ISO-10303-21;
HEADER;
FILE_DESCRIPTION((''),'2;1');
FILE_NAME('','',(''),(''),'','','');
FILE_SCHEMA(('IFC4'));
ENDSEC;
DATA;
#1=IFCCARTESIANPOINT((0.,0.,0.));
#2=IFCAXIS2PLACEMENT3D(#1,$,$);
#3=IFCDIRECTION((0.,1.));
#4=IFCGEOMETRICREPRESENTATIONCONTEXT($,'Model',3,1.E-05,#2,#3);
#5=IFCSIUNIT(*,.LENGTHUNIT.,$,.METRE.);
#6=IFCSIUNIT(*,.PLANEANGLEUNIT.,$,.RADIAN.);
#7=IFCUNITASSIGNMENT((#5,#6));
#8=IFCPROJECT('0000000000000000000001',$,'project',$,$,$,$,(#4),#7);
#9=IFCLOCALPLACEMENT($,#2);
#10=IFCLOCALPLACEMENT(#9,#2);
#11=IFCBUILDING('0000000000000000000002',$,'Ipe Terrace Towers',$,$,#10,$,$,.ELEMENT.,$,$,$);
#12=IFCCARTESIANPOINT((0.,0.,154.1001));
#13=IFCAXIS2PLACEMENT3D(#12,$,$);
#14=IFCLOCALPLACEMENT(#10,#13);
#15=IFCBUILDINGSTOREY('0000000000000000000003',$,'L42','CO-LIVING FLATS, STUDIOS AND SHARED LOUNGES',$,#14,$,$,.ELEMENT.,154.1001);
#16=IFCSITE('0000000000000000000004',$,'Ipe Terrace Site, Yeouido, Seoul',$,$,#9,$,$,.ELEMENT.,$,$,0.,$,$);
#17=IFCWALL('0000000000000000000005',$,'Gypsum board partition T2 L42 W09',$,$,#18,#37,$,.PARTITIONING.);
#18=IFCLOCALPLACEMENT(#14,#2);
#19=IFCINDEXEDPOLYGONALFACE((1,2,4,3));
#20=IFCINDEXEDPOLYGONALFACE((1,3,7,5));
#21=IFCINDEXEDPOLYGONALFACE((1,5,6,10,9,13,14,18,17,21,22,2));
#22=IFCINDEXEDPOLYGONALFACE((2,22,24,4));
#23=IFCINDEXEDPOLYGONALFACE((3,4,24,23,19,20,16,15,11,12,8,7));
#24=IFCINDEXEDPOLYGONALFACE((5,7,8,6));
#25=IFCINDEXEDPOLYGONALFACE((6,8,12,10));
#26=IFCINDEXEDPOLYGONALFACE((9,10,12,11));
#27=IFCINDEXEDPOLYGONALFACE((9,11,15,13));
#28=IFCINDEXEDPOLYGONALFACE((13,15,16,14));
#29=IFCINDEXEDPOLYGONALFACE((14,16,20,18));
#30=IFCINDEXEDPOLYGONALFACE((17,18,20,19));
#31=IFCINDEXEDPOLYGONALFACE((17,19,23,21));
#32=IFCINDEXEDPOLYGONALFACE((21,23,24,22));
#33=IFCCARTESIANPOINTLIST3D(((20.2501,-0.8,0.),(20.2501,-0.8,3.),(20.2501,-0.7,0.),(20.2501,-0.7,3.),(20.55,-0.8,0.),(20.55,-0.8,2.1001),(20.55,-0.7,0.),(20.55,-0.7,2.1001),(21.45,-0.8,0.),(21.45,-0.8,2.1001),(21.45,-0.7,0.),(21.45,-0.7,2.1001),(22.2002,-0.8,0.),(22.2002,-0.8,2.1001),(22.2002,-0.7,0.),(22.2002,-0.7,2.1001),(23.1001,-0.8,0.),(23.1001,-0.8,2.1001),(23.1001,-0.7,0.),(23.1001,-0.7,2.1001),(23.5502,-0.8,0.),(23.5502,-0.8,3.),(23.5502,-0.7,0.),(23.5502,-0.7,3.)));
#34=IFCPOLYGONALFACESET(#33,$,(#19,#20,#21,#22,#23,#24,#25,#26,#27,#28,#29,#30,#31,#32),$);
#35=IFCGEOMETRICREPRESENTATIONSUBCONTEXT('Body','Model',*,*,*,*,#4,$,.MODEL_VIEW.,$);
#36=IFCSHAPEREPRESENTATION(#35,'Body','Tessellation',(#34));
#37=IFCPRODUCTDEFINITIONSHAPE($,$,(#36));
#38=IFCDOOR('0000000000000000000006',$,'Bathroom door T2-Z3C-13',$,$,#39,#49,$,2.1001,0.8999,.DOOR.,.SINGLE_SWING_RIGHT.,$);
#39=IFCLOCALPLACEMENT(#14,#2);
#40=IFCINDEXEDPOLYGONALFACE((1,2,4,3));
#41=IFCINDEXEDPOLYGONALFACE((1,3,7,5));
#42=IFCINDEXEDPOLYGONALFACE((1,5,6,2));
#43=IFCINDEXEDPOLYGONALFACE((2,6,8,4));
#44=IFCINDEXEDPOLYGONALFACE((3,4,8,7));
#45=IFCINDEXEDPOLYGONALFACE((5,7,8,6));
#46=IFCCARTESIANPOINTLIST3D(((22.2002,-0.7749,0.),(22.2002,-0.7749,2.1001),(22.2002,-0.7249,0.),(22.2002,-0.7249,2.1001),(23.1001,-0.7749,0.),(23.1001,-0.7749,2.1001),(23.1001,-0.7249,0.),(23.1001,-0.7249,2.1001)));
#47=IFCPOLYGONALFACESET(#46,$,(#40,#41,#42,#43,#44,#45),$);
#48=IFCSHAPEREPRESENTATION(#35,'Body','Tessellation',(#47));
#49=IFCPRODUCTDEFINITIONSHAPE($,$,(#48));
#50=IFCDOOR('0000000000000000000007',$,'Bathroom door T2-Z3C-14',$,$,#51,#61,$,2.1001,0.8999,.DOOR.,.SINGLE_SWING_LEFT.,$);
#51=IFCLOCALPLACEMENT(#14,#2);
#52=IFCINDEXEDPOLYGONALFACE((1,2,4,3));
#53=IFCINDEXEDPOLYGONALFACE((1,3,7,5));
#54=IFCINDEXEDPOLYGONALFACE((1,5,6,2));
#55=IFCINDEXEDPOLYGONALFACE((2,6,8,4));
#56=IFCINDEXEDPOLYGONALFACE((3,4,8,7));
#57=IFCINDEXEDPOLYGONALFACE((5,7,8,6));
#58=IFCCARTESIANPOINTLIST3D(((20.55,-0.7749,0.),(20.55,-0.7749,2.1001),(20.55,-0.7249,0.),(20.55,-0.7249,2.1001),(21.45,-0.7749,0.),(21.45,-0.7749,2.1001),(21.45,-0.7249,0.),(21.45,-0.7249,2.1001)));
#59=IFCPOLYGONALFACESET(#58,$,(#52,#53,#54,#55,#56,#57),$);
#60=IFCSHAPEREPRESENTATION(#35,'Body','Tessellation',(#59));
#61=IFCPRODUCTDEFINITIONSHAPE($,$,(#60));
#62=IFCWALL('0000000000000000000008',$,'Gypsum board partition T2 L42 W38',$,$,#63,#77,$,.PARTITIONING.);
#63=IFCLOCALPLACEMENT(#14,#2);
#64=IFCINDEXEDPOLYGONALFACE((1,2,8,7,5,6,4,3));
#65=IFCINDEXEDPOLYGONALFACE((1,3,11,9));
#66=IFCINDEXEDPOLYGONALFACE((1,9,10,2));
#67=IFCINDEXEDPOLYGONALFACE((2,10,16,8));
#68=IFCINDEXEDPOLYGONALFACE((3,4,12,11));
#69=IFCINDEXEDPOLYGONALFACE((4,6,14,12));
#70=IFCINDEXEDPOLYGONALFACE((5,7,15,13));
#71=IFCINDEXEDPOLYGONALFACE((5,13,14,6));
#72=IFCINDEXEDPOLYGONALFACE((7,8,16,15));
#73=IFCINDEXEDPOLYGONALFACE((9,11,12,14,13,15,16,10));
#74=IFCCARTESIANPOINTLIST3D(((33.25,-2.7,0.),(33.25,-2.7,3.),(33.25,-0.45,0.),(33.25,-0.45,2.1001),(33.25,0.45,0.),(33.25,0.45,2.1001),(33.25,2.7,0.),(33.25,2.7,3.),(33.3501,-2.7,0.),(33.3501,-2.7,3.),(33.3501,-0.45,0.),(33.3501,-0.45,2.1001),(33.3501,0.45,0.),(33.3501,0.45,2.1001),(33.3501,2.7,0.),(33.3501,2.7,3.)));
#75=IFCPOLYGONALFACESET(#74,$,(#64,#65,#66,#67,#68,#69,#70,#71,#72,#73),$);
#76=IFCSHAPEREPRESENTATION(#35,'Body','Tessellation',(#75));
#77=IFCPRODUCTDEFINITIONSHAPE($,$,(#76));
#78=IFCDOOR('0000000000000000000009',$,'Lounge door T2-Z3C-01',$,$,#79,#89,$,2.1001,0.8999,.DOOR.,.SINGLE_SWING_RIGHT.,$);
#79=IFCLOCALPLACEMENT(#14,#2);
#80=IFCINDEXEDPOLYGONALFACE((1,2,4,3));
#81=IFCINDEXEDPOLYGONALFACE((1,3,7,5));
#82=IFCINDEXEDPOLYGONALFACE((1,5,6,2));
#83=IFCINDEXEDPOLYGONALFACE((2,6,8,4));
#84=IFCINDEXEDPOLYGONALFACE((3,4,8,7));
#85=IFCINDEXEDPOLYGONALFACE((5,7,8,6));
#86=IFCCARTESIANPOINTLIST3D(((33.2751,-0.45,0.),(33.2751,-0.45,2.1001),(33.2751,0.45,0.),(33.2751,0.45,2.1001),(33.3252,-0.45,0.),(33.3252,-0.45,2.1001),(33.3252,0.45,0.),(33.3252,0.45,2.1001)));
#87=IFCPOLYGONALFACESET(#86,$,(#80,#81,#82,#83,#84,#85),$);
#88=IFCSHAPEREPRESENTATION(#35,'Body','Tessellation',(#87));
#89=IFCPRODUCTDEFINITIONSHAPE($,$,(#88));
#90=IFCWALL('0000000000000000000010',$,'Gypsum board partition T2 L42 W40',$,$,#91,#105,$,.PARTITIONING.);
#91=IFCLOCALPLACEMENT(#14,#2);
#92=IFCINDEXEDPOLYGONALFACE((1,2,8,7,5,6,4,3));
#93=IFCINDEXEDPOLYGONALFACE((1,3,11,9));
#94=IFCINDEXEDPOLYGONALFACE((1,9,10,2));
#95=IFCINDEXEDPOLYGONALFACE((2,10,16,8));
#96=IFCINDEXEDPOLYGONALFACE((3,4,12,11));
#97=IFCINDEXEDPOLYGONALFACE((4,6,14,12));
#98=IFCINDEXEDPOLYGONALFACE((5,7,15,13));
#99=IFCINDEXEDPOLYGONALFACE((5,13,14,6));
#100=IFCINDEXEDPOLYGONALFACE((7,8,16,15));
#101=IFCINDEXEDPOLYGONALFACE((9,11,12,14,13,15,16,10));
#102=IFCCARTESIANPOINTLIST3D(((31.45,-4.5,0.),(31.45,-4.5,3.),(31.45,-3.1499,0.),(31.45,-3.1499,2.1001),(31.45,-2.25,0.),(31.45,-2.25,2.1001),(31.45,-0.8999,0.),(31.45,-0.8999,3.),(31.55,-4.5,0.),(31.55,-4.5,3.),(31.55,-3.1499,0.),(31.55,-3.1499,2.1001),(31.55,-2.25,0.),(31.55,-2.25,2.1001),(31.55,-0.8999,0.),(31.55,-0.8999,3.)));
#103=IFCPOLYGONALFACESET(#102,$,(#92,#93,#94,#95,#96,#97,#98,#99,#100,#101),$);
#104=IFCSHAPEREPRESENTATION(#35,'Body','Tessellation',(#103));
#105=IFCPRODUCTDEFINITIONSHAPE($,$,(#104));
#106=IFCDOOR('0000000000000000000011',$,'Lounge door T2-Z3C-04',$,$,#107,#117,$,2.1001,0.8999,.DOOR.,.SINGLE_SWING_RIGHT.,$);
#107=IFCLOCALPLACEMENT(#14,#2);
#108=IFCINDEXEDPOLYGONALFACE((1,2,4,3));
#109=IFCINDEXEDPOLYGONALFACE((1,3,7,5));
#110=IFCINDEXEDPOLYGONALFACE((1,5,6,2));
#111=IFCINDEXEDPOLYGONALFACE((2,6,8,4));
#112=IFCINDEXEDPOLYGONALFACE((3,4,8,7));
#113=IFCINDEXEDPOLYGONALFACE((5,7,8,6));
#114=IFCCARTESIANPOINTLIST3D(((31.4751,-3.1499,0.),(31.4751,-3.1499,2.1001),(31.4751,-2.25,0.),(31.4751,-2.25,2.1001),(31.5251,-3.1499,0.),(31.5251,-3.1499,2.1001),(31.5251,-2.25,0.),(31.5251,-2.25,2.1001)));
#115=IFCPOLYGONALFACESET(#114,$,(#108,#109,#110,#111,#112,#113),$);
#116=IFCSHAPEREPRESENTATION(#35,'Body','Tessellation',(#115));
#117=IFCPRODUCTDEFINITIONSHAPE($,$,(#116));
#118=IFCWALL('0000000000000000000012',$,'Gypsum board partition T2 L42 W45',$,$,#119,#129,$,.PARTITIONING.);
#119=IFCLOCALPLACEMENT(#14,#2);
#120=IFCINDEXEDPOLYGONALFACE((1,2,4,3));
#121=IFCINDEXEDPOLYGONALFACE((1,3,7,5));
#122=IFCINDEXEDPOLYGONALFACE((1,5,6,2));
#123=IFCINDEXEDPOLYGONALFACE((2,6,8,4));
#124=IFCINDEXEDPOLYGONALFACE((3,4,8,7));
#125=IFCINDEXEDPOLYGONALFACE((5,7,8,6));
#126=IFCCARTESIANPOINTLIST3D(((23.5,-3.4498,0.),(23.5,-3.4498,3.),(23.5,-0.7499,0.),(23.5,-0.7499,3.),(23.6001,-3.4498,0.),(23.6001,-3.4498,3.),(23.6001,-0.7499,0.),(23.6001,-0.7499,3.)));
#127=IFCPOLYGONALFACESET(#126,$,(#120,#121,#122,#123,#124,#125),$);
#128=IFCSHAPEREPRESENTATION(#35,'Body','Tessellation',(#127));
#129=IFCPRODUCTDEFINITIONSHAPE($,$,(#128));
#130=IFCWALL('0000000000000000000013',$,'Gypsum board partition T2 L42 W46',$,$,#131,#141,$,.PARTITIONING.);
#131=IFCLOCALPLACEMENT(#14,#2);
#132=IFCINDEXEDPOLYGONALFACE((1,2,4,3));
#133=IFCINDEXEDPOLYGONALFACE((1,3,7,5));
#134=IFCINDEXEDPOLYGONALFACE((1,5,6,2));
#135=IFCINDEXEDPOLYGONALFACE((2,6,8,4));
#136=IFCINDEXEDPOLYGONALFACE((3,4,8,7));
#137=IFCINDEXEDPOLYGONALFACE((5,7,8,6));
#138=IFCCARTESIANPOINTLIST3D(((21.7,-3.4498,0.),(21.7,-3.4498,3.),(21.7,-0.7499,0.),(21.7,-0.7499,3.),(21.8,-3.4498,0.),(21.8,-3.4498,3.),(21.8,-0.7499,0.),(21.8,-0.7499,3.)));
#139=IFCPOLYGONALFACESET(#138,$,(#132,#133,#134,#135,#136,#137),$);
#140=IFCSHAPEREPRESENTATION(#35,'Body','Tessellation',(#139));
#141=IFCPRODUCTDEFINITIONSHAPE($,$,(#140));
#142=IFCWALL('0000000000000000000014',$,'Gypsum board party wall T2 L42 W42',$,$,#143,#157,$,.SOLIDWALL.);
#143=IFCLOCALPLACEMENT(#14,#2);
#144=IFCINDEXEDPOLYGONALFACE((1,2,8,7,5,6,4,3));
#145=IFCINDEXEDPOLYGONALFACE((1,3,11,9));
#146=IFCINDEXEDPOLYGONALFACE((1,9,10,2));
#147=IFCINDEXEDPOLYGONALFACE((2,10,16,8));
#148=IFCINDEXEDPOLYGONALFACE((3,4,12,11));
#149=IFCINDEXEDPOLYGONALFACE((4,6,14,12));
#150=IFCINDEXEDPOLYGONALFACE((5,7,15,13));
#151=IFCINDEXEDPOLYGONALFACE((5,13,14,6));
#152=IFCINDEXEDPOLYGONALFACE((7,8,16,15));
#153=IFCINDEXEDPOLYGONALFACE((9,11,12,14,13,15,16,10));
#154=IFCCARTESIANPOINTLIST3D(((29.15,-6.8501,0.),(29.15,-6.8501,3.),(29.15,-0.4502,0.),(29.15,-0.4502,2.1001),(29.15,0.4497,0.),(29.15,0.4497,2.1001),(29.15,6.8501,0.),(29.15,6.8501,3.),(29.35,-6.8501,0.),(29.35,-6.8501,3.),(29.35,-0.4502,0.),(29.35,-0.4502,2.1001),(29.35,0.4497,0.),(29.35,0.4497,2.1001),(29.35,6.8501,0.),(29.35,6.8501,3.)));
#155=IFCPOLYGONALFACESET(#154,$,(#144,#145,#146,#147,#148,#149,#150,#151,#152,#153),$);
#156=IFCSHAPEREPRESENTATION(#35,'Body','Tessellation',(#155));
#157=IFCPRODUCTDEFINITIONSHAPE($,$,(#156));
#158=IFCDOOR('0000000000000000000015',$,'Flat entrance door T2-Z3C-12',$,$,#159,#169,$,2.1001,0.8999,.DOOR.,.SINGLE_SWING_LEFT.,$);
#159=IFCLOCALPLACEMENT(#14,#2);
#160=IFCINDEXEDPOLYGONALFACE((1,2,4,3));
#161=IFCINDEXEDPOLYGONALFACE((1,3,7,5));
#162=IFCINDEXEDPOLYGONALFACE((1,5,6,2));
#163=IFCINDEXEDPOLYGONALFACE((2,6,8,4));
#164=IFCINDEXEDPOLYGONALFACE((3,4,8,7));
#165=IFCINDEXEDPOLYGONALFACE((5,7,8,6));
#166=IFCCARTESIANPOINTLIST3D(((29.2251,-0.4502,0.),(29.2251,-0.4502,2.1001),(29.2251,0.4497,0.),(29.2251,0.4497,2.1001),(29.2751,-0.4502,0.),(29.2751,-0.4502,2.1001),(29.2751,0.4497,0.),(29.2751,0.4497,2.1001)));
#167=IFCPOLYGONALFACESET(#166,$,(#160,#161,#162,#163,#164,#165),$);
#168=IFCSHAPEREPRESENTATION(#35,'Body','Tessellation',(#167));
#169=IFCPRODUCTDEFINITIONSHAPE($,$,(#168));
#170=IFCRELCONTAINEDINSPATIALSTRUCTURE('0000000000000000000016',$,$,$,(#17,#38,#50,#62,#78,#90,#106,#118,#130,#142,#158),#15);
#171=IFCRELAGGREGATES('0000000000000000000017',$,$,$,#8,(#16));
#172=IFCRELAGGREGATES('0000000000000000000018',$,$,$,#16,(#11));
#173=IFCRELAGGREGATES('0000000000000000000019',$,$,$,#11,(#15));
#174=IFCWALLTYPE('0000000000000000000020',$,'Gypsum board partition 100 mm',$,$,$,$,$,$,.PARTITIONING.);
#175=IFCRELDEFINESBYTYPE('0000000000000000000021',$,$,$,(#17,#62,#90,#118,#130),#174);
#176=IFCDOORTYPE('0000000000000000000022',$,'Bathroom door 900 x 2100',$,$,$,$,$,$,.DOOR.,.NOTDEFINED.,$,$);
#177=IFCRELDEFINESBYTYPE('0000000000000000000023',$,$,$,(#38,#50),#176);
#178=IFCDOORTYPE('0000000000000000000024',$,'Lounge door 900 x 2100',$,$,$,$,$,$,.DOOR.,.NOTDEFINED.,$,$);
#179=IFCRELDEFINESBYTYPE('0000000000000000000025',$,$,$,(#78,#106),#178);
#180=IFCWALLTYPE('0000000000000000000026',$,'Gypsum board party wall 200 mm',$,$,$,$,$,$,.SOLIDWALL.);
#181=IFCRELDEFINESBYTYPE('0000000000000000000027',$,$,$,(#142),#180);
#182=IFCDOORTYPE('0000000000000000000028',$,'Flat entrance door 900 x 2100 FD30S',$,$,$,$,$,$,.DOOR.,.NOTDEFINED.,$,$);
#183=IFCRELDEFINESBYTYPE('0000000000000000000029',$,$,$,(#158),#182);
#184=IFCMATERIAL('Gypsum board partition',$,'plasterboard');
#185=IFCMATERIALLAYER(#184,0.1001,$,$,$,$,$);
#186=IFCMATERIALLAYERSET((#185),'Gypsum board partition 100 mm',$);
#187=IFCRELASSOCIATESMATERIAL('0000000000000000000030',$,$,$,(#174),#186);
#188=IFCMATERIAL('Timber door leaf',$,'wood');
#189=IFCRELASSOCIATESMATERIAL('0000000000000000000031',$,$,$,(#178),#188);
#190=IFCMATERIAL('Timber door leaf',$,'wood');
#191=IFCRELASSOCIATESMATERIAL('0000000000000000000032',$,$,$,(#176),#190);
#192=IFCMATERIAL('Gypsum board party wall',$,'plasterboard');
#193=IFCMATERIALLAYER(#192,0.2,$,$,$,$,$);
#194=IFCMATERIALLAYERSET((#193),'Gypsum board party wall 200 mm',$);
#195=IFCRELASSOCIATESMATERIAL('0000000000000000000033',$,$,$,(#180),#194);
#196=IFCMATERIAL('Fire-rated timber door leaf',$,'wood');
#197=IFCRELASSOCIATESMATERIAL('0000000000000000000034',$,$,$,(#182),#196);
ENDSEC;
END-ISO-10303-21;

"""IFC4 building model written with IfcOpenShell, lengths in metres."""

from ifc_helpers import new_model, si_unit, direction, frame, frame_2d, origin, place, context, subcontext, project, spatial, rectangle, extrude, material, layer, layer_set, type_object, element, fill, save


model = new_model("IFC4")

# Units and contexts
model_context = context("Model", 3, precision=1e-05, world=origin(), true_north=direction((0.0, 1.0)))
body_context = subcontext(model_context, "Body", "Model", "MODEL_VIEW")
ifc_project = project(units=[si_unit("LENGTHUNIT", "METRE"), si_unit("PLANEANGLEUNIT", "RADIAN")], contexts=[model_context])

# Site, building, storey
site_placement = place(None, origin())
site = spatial("IfcSite", under=ifc_project, at=site_placement, Name="Ipe Terrace Site, Yeouido, Seoul", CompositionType="ELEMENT", RefElevation=0.0)
building_placement = place(site_placement, origin())
building = spatial("IfcBuilding", under=site, at=building_placement, Name="Ipe Terrace Towers", CompositionType="ELEMENT")
storey_placement = place(building_placement, frame((0.0, 0.0, 154.1001)))
storey = spatial("IfcBuildingStorey", under=building, at=storey_placement, Name="L42", Description="CO-LIVING FLATS, STUDIOS AND SHARED LOUNGES", CompositionType="ELEMENT", Elevation=154.1001)

# Shared definitions
ifc_material_1 = material(Name="Gypsum board partition", Category="plasterboard")
ifc_layer_1 = layer(ifc_material_1, 0.1001)
ifc_layer_set_1 = layer_set([ifc_layer_1], Name="Gypsum board partition 100 mm")
wall_type_1 = type_object("IfcWallType", Name="Gypsum board partition 100 mm", PredefinedType="PARTITIONING", material=ifc_layer_set_1)

# Shared definitions
ifc_material_2 = material(Name="Timber door leaf", Category="wood")
door_type_1 = type_object("IfcDoorType", Name="Lounge door 900 x 2100", OperationType="NOTDEFINED", PredefinedType="DOOR", material=ifc_material_2)

# Wall, openings, doors
wall_1_placement = place(storey_placement, frame((23.55, -0.75, 0.0), z_axis=(0.0, 0.0, 1.0), x_axis=(-1.0, 0.0, 0.0)))
wall_1 = element("IfcWall", 1, at=wall_1_placement, inside=storey, type_object=wall_type_1, Name="Gypsum board partition T2 L42 W09", PredefinedType="PARTITIONING", context=body_context, shape_type="SweptSolid", body=[
    extrude(rectangle(XDim=3.3, YDim=0.1001, at=frame_2d((1.6499, 0.0))), origin(), (0.0, 0.0, 1.0), 3.0),
])
opening_1_placement = place(wall_1_placement, frame((0.45, 0.0, 0.0)))
opening_1 = element("IfcOpeningElement", 2, at=opening_1_placement, cuts=wall_1, PredefinedType="OPENING", context=body_context, shape_type="SweptSolid", body=[
    extrude(rectangle(XDim=0.8999, YDim=2.1001, at=frame_2d((0.45, 1.05))), frame((0.0, 0.0601, 0.0), z_axis=(0.0, -1.0, 0.0), x_axis=(1.0, 0.0, 0.0)), (0.0, 0.0, 1.0), 0.1201),
])
opening_2_placement = place(wall_1_placement, frame((2.1001, 0.0, 0.0)))
opening_2 = element("IfcOpeningElement", 3, at=opening_2_placement, cuts=wall_1, PredefinedType="OPENING", context=body_context, shape_type="SweptSolid", body=[
    extrude(rectangle(XDim=0.8999, YDim=2.1001, at=frame_2d((0.45, 1.05))), frame((0.0, 0.0601, 0.0), z_axis=(0.0, -1.0, 0.0), x_axis=(1.0, 0.0, 0.0)), (0.0, 0.0, 1.0), 0.1201),
])
ifc_material_3 = material(Name="Timber door leaf", Category="wood")
door_type_2 = type_object("IfcDoorType", Name="Bathroom door 900 x 2100", OperationType="NOTDEFINED", PredefinedType="DOOR", material=ifc_material_3)
door_1_placement = place(opening_1_placement, origin())
door_1 = element("IfcDoor", 4, at=door_1_placement, inside=storey, type_object=door_type_2, Name="Bathroom door T2-Z3C-13", OperationType="SINGLE_SWING_RIGHT", OverallHeight=2.1001, OverallWidth=0.8999, PredefinedType="DOOR", context=body_context, shape_type="SweptSolid", body=[
    extrude(rectangle(XDim=0.8999, YDim=2.1001, at=frame_2d((0.45, 1.05))), frame((0.0, 0.0249, 0.0), z_axis=(0.0, -1.0, 0.0), x_axis=(1.0, 0.0, 0.0)), (0.0, 0.0, 1.0), 0.05),
])
fill(opening_1, door_1)
door_2_placement = place(opening_2_placement, origin())
door_2 = element("IfcDoor", 5, at=door_2_placement, inside=storey, type_object=door_type_2, Name="Bathroom door T2-Z3C-14", OperationType="SINGLE_SWING_LEFT", OverallHeight=2.1001, OverallWidth=0.8999, PredefinedType="DOOR", context=body_context, shape_type="SweptSolid", body=[
    extrude(rectangle(XDim=0.8999, YDim=2.1001, at=frame_2d((0.45, 1.05))), frame((0.0, 0.0249, 0.0), z_axis=(0.0, -1.0, 0.0), x_axis=(1.0, 0.0, 0.0)), (0.0, 0.0, 1.0), 0.05),
])
fill(opening_2, door_2)

# Walls, openings, doors
wall_2_placement = place(storey_placement, frame((33.3, -2.7, 0.0), z_axis=(0.0, 0.0, 1.0), x_axis=(0.0, 1.0, 0.0)))
wall_2 = element("IfcWall", 6, at=wall_2_placement, inside=storey, type_object=wall_type_1, Name="Gypsum board partition T2 L42 W38", PredefinedType="PARTITIONING", context=body_context, shape_type="SweptSolid", body=[
    extrude(rectangle(XDim=5.3999, YDim=0.1001, at=frame_2d((2.7, 0.0))), origin(), (0.0, 0.0, 1.0), 3.0),
])
opening_3_placement = place(wall_2_placement, frame((2.25, 0.0, 0.0)))
opening_3 = element("IfcOpeningElement", 7, at=opening_3_placement, cuts=wall_2, PredefinedType="OPENING", context=body_context, shape_type="SweptSolid", body=[
    extrude(rectangle(XDim=0.8999, YDim=2.1001, at=frame_2d((0.45, 1.05))), frame((0.0, 0.0601, 0.0), z_axis=(0.0, -1.0, 0.0), x_axis=(1.0, 0.0, 0.0)), (0.0, 0.0, 1.0), 0.1201),
])
door_3_placement = place(opening_3_placement, origin())
door_3 = element("IfcDoor", 8, at=door_3_placement, inside=storey, type_object=door_type_1, Name="Lounge door T2-Z3C-01", OperationType="SINGLE_SWING_RIGHT", OverallHeight=2.1001, OverallWidth=0.8999, PredefinedType="DOOR", context=body_context, shape_type="SweptSolid", body=[
    extrude(rectangle(XDim=0.8999, YDim=2.1001, at=frame_2d((0.45, 1.05))), frame((0.0, 0.0249, 0.0), z_axis=(0.0, -1.0, 0.0), x_axis=(1.0, 0.0, 0.0)), (0.0, 0.0, 1.0), 0.05),
])
fill(opening_3, door_3)
wall_3_placement = place(storey_placement, frame((31.5, -4.5, 0.0), z_axis=(0.0, 0.0, 1.0), x_axis=(0.0, 1.0, 0.0)))
wall_3 = element("IfcWall", 9, at=wall_3_placement, inside=storey, type_object=wall_type_1, Name="Gypsum board partition T2 L42 W40", PredefinedType="PARTITIONING", context=body_context, shape_type="SweptSolid", body=[
    extrude(rectangle(XDim=3.6001, YDim=0.1001, at=frame_2d((1.8, 0.0))), origin(), (0.0, 0.0, 1.0), 3.0),
])
opening_4_placement = place(wall_3_placement, frame((1.3501, 0.0, 0.0)))
opening_4 = element("IfcOpeningElement", 10, at=opening_4_placement, cuts=wall_3, PredefinedType="OPENING", context=body_context, shape_type="SweptSolid", body=[
    extrude(rectangle(XDim=0.8999, YDim=2.1001, at=frame_2d((0.45, 1.05))), frame((0.0, 0.0601, 0.0), z_axis=(0.0, -1.0, 0.0), x_axis=(1.0, 0.0, 0.0)), (0.0, 0.0, 1.0), 0.1201),
])
door_4_placement = place(opening_4_placement, origin())
door_4 = element("IfcDoor", 11, at=door_4_placement, inside=storey, type_object=door_type_1, Name="Lounge door T2-Z3C-04", OperationType="SINGLE_SWING_RIGHT", OverallHeight=2.1001, OverallWidth=0.8999, PredefinedType="DOOR", context=body_context, shape_type="SweptSolid", body=[
    extrude(rectangle(XDim=0.8999, YDim=2.1001, at=frame_2d((0.45, 1.05))), frame((0.0, 0.0249, 0.0), z_axis=(0.0, -1.0, 0.0), x_axis=(1.0, 0.0, 0.0)), (0.0, 0.0, 1.0), 0.05),
])
fill(opening_4, door_4)

# Walls
for number, where, z_axis, x_axis, name in (
    (12, (23.55, -3.45, 0.0), (0.0, 0.0, 1.0), (0.0, 1.0, 0.0), "Gypsum board partition T2 L42 W45"),
    (13, (21.75, -3.45, 0.0), (0.0, 0.0, 1.0), (0.0, 1.0, 0.0), "Gypsum board partition T2 L42 W46"),
):
    element("IfcWall", number, at=place(storey_placement, frame(where, z_axis=z_axis, x_axis=x_axis)), inside=storey, type_object=wall_type_1, Name=name, PredefinedType="PARTITIONING", context=body_context, shape_type="SweptSolid", body=[
        extrude(rectangle(XDim=2.7, YDim=0.1001, at=frame_2d((1.3501, 0.0))), origin(), (0.0, 0.0, 1.0), 3.0),
    ])

# Wall, opening, door
ifc_material_4 = material(Name="Gypsum board party wall", Category="plasterboard")
ifc_layer_2 = layer(ifc_material_4, 0.2)
ifc_layer_set_2 = layer_set([ifc_layer_2], Name="Gypsum board party wall 200 mm")
wall_type_2 = type_object("IfcWallType", Name="Gypsum board party wall 200 mm", PredefinedType="SOLIDWALL", material=ifc_layer_set_2)
wall_4_placement = place(storey_placement, frame((29.25, -6.8501, 0.0), z_axis=(0.0, 0.0, 1.0), x_axis=(0.0, 1.0, 0.0)))
wall_4 = element("IfcWall", 14, at=wall_4_placement, inside=storey, type_object=wall_type_2, Name="Gypsum board party wall T2 L42 W42", PredefinedType="SOLIDWALL", context=body_context, shape_type="SweptSolid", body=[
    extrude(rectangle(XDim=13.7002, YDim=0.2, at=frame_2d((6.8501, 0.0))), origin(), (0.0, 0.0, 1.0), 3.0),
])
opening_5_placement = place(wall_4_placement, frame((6.3999, 0.0, 0.0)))
opening_5 = element("IfcOpeningElement", 15, at=opening_5_placement, cuts=wall_4, PredefinedType="OPENING", context=body_context, shape_type="SweptSolid", body=[
    extrude(rectangle(XDim=0.8999, YDim=2.1001, at=frame_2d((0.45, 1.05))), frame((0.0, 0.1099, 0.0), z_axis=(0.0, -1.0, 0.0), x_axis=(1.0, 0.0, 0.0)), (0.0, 0.0, 1.0), 0.22),
])
ifc_material_5 = material(Name="Fire-rated timber door leaf", Category="wood")
door_type_3 = type_object("IfcDoorType", Name="Flat entrance door 900 x 2100 FD30S", OperationType="NOTDEFINED", PredefinedType="DOOR", material=ifc_material_5)
door_5_placement = place(opening_5_placement, origin())
door_5 = element("IfcDoor", 16, at=door_5_placement, inside=storey, type_object=door_type_3, Name="Flat entrance door T2-Z3C-12", OperationType="SINGLE_SWING_LEFT", OverallHeight=2.1001, OverallWidth=0.8999, PredefinedType="DOOR", context=body_context, shape_type="SweptSolid", body=[
    extrude(rectangle(XDim=0.8999, YDim=2.1001, at=frame_2d((0.45, 1.05))), frame((0.0, 0.0249, 0.0), z_axis=(0.0, -1.0, 0.0), x_axis=(1.0, 0.0, 0.0)), (0.0, 0.0, 1.0), 0.05),
])
fill(opening_5, door_5)

save(model, "model.ifc")
